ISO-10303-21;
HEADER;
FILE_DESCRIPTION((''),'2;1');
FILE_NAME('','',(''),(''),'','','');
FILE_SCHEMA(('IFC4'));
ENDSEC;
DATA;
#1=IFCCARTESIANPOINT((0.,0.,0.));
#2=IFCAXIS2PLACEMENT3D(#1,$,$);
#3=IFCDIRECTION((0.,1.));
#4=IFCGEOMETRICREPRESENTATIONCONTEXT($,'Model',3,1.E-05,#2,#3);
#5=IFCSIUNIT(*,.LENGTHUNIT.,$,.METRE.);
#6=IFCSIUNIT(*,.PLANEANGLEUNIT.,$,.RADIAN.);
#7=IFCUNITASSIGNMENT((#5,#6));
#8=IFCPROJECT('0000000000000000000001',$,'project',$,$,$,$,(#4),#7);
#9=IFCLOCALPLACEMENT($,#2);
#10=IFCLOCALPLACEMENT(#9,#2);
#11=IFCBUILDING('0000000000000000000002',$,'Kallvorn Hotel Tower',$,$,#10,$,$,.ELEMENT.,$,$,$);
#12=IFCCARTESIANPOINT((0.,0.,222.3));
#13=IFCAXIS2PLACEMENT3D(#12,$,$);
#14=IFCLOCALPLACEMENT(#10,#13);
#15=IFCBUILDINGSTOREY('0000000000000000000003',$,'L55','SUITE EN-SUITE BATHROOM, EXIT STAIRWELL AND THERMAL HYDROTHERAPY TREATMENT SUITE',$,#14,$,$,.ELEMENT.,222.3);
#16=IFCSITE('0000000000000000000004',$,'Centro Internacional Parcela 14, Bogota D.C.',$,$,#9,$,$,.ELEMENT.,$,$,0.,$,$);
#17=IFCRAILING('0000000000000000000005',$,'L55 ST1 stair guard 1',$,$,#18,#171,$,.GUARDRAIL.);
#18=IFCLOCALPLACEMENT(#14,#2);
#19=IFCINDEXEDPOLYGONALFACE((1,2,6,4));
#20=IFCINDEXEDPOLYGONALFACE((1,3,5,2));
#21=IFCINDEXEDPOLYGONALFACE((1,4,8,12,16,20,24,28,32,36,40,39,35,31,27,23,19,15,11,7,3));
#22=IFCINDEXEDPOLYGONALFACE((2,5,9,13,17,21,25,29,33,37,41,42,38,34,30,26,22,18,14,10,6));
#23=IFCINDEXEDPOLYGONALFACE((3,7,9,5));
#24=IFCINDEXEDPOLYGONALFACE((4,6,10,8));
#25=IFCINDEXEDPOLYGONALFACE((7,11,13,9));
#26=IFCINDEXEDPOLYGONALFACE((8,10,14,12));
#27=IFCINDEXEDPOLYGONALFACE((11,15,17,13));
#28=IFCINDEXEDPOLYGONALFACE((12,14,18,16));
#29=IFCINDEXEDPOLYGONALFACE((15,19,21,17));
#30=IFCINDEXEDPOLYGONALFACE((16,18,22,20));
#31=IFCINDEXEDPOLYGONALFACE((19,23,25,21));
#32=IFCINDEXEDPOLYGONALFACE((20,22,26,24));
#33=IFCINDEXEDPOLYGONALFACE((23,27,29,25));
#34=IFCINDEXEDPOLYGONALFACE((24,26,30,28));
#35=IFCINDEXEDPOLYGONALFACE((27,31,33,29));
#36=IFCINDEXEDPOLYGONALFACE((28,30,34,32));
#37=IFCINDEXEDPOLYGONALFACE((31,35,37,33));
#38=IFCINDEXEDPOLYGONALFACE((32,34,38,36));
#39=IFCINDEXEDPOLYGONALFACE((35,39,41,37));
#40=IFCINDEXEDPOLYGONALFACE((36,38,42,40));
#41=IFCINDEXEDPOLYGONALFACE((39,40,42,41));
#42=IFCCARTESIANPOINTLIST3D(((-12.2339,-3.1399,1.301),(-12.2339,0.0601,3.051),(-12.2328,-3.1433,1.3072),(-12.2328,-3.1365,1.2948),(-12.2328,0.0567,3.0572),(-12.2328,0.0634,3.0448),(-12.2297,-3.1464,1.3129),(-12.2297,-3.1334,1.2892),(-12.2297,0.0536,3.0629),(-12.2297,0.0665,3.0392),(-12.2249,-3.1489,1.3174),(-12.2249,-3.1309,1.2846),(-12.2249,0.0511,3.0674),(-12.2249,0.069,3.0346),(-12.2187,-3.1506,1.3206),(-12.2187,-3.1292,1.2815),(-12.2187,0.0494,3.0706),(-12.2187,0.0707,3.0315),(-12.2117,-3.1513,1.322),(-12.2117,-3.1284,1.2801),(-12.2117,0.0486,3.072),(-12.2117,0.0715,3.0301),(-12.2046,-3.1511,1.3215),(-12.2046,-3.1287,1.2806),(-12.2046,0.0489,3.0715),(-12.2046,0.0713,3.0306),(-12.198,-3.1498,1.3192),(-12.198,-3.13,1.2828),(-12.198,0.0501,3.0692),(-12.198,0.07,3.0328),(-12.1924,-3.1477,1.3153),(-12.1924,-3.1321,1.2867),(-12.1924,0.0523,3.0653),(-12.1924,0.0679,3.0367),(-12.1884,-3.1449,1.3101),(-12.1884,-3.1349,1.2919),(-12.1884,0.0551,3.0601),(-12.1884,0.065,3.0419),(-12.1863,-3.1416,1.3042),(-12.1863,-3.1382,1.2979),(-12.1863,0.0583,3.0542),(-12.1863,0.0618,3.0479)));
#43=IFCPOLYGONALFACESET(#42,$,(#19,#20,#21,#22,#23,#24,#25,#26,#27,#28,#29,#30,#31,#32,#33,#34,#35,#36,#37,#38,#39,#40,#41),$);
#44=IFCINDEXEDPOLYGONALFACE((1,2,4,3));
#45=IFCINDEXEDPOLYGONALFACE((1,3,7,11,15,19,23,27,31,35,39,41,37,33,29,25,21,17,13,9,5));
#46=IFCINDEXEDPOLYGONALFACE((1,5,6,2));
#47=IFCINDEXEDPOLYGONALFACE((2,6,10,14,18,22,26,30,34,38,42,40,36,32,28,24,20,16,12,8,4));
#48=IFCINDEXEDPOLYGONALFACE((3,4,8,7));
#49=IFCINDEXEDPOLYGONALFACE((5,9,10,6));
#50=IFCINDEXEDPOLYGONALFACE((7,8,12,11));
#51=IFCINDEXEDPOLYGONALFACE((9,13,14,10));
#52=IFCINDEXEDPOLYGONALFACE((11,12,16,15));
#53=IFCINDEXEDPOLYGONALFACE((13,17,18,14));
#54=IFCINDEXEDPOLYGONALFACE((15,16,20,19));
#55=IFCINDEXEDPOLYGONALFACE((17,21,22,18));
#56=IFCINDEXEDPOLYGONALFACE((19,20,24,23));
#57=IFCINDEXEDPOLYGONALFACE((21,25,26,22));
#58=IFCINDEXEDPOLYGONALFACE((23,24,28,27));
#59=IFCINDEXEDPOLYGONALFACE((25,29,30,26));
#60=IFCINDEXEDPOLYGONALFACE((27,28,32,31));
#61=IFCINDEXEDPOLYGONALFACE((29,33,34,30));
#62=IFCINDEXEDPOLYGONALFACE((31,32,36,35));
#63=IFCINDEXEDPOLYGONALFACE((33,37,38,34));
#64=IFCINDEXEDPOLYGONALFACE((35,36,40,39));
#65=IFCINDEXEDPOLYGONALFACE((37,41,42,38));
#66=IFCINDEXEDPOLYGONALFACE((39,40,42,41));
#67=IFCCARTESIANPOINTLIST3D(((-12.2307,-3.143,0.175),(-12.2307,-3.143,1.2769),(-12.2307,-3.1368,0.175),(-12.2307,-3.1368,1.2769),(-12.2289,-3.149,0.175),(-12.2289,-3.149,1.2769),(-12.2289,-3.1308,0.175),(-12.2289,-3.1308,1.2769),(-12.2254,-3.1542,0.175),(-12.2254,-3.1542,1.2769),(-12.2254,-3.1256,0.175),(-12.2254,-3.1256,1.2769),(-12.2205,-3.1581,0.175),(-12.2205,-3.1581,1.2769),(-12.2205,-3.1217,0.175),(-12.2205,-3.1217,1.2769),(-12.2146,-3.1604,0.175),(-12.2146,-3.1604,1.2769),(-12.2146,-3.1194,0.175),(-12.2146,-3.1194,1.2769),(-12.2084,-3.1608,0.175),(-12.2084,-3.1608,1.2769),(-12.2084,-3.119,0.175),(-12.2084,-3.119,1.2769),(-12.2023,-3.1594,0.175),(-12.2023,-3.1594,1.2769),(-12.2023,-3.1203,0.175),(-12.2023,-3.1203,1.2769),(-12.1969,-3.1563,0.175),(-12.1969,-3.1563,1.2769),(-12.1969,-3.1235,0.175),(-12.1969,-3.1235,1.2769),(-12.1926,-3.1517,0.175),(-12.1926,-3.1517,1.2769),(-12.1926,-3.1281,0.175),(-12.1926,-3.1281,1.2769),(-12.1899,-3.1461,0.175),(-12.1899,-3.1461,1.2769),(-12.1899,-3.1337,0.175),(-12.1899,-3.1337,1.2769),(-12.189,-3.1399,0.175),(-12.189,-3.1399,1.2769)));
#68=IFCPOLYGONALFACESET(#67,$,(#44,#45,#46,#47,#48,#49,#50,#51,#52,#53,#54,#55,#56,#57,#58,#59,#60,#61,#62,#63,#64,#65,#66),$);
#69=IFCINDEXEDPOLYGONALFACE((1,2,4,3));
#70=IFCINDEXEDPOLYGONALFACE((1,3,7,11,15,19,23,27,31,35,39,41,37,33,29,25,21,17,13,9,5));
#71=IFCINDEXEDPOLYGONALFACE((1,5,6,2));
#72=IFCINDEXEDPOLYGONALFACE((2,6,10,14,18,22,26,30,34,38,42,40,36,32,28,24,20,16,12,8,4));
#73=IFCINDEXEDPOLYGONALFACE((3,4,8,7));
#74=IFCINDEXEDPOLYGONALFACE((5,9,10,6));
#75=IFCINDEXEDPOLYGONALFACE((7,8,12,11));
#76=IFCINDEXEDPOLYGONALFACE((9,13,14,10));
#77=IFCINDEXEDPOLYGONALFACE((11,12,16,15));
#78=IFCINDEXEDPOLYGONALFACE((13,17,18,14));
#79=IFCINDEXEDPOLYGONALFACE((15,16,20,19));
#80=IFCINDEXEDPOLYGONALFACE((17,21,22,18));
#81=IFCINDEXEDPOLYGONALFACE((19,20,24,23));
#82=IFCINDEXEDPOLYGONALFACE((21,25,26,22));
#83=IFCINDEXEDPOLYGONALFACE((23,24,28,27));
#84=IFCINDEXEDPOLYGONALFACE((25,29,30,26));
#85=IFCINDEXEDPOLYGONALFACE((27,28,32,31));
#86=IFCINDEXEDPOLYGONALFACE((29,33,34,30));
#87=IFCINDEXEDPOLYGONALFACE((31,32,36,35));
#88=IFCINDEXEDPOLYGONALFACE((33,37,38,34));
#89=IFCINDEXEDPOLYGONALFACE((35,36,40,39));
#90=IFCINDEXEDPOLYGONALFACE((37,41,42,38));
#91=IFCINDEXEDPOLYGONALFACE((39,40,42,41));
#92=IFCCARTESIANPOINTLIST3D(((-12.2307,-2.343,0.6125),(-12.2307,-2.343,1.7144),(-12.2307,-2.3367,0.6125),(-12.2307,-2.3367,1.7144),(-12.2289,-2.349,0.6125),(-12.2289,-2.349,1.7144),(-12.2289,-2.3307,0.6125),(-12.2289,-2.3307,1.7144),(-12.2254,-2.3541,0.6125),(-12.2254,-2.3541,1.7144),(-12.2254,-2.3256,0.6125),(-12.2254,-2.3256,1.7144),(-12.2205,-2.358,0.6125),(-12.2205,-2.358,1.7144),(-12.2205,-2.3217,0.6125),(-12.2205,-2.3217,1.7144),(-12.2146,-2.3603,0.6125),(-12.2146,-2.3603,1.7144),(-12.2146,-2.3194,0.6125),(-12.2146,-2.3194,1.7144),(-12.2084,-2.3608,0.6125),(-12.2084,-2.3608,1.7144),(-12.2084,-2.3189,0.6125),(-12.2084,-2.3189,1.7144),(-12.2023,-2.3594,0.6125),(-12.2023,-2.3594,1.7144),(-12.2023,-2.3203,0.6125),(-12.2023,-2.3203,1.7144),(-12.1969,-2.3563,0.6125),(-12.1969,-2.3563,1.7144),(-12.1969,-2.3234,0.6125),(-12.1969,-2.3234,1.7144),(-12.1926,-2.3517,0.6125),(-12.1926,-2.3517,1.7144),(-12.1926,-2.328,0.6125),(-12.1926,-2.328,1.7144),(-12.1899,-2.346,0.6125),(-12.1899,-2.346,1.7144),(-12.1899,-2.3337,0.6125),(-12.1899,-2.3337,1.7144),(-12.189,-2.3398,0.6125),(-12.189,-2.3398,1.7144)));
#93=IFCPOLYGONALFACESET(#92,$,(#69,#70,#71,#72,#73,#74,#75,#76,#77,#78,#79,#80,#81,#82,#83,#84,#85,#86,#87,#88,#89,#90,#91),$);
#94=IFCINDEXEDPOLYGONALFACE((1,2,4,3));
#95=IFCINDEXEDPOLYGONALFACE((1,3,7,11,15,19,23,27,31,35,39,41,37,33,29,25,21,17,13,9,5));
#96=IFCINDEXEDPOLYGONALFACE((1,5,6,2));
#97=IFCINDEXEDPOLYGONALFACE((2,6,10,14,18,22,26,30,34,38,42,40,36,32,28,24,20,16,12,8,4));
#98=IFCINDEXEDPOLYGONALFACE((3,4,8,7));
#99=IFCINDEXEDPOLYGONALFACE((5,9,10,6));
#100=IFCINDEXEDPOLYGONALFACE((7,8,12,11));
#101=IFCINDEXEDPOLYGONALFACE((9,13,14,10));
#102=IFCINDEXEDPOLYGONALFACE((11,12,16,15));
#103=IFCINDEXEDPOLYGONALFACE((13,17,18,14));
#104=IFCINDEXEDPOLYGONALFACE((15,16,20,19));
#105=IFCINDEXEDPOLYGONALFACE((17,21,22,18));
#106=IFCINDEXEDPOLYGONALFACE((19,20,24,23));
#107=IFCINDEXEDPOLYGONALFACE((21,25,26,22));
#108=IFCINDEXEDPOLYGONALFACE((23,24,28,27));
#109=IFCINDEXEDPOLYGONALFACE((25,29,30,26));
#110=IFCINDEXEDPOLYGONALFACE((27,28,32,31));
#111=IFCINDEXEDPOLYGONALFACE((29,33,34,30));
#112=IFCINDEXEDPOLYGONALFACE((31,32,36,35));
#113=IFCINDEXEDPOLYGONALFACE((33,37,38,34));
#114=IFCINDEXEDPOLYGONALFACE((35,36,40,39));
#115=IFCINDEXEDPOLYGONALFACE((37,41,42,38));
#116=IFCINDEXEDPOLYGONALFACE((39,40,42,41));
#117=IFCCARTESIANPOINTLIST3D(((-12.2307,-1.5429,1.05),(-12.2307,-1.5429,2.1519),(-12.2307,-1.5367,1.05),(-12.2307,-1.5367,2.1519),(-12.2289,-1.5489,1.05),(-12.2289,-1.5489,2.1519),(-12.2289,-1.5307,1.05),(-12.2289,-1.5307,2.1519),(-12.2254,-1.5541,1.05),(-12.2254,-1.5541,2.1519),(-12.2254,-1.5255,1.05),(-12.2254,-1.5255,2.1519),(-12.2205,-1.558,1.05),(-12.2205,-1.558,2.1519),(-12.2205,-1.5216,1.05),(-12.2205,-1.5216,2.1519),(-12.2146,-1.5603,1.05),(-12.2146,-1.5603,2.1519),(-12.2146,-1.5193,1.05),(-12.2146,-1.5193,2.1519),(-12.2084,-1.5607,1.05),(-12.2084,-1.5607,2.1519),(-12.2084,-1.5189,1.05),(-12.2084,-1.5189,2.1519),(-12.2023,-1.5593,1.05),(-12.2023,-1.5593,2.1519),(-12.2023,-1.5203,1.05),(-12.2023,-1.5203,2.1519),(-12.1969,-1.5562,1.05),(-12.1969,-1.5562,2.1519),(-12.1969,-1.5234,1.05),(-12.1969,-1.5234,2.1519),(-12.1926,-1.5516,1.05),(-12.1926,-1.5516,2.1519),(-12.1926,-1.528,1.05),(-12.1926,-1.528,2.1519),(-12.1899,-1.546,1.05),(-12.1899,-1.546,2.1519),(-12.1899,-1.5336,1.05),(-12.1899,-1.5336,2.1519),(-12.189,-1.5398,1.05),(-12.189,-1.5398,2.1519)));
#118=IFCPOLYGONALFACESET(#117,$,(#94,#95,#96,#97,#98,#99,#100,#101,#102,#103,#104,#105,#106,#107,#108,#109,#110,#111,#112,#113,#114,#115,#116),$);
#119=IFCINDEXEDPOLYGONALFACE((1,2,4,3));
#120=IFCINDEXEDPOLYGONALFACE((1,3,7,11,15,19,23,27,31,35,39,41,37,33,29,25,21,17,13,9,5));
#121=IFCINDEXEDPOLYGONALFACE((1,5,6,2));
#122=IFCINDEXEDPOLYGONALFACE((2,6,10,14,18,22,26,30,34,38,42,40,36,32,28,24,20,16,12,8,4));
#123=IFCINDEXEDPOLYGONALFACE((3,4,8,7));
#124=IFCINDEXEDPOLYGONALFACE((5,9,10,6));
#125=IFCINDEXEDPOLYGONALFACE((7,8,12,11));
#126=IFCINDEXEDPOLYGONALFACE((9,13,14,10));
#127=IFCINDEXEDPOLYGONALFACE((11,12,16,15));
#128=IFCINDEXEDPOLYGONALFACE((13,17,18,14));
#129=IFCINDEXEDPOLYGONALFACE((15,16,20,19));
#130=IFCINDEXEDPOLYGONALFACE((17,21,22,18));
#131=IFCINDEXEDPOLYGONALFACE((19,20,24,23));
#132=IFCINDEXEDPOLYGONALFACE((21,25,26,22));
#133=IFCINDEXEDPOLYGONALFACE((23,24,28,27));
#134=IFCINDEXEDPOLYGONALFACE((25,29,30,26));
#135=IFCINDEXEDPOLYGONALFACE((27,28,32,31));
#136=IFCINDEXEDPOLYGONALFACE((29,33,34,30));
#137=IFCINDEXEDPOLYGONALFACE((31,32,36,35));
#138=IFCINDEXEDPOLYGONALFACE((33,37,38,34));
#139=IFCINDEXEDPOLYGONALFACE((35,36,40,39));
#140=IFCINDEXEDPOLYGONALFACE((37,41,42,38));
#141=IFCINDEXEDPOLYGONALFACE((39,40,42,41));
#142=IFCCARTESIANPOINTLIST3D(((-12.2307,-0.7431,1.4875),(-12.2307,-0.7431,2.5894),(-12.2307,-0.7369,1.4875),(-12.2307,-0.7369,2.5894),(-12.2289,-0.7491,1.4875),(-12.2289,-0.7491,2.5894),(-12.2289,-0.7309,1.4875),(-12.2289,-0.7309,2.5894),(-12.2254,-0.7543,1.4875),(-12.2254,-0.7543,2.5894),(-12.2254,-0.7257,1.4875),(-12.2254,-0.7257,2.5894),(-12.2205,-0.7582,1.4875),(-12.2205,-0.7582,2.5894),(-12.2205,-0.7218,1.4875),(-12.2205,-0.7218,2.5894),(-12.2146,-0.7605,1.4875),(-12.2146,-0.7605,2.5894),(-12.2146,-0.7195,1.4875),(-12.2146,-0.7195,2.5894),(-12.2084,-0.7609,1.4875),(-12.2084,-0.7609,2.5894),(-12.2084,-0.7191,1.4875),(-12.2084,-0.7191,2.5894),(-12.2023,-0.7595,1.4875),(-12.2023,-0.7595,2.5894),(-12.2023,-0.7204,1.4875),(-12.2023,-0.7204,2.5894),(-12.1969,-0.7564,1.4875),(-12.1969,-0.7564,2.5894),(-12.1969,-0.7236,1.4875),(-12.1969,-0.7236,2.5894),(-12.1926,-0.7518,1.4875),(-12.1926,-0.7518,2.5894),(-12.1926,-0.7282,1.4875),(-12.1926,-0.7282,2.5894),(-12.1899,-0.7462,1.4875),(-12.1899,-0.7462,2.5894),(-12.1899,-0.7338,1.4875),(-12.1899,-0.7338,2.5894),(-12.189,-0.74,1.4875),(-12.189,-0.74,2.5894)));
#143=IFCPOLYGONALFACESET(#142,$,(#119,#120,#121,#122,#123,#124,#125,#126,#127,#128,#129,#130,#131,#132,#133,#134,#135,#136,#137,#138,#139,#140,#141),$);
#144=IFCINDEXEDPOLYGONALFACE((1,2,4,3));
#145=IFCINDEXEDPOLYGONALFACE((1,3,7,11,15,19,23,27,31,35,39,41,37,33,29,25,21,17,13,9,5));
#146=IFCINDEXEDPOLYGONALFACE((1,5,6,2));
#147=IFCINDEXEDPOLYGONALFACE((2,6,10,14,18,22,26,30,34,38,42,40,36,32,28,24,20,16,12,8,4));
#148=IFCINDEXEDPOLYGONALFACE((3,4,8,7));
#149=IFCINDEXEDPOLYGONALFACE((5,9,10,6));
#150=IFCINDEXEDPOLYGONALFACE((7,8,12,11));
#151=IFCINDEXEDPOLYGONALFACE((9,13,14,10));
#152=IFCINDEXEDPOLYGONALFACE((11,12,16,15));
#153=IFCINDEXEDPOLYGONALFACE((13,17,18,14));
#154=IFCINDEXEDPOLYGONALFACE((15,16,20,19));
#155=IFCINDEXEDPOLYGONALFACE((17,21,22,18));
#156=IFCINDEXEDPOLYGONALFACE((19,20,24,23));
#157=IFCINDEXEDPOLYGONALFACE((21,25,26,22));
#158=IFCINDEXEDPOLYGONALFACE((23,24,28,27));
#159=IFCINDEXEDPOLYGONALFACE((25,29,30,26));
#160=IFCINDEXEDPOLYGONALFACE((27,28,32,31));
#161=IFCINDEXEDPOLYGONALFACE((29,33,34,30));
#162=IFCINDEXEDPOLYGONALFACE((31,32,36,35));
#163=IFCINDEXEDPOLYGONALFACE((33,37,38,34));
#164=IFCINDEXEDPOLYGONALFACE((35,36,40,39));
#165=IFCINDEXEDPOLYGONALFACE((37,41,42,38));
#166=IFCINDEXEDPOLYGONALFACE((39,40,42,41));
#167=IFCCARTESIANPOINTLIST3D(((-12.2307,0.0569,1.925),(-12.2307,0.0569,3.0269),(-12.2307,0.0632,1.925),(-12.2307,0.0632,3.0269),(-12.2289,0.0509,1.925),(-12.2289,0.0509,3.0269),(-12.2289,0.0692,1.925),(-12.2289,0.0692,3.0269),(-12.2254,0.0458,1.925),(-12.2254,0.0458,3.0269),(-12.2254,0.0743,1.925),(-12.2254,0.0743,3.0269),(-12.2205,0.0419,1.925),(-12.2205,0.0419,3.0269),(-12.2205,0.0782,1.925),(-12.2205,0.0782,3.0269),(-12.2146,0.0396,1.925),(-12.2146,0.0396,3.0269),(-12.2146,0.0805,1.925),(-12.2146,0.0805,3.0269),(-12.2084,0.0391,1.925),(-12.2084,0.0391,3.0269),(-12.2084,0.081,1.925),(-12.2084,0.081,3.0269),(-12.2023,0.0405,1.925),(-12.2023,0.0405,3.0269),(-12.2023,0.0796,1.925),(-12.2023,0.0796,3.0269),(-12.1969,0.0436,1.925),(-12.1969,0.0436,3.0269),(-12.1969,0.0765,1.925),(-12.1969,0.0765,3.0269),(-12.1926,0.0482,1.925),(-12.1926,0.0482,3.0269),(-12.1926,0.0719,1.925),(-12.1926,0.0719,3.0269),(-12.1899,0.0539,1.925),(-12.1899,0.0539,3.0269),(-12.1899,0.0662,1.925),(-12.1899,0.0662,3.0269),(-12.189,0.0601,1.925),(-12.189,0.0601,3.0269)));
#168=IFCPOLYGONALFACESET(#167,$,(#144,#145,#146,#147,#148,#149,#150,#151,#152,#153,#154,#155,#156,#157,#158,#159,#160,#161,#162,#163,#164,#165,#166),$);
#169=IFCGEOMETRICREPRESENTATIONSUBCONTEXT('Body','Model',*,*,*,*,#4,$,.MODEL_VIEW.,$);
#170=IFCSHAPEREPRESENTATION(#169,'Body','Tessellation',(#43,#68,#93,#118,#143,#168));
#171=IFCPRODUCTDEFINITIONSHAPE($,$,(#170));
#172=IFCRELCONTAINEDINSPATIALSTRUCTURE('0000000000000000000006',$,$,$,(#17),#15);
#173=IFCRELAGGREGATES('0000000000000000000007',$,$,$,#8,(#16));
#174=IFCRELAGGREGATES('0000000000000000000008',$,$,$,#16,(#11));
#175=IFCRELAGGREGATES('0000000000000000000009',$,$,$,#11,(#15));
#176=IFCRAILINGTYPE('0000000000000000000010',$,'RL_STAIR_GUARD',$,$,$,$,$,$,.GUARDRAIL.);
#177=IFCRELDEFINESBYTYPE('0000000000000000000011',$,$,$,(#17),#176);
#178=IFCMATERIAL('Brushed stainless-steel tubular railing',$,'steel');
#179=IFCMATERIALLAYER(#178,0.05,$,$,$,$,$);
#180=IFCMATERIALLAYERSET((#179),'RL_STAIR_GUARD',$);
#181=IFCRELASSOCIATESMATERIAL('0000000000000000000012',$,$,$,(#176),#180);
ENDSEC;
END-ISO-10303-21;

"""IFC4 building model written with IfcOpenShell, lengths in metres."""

from ifc_helpers import new_model, si_unit, direction, frame, origin, origin_2d, place, context, subcontext, project, spatial, circle, extrude, material, layer, layer_set, type_object, element, save


model = new_model("IFC4")

# Units and contexts
model_context = context("Model", 3, precision=1e-05, world=origin(), true_north=direction((0.0, 1.0)))
body_context = subcontext(model_context, "Body", "Model", "MODEL_VIEW")
ifc_project = project(units=[si_unit("LENGTHUNIT", "METRE"), si_unit("PLANEANGLEUNIT", "RADIAN")], contexts=[model_context])

# Site, building, storey
site_placement = place(None, origin())
site = spatial("IfcSite", under=ifc_project, at=site_placement, Name="Centro Internacional Parcela 14, Bogota D.C.", CompositionType="ELEMENT", RefElevation=0.0)
building_placement = place(site_placement, origin())
building = spatial("IfcBuilding", under=site, at=building_placement, Name="Kallvorn Hotel Tower", CompositionType="ELEMENT")
storey_placement = place(building_placement, frame((0.0, 0.0, 222.3)))
storey = spatial("IfcBuildingStorey", under=building, at=storey_placement, Name="L55", Description="SUITE EN-SUITE BATHROOM, EXIT STAIRWELL AND THERMAL HYDROTHERAPY TREATMENT SUITE", CompositionType="ELEMENT", Elevation=222.3)

# Railing
ifc_material_1 = material(Name="Brushed stainless-steel tubular railing", Category="steel")
ifc_layer_1 = layer(ifc_material_1, 0.05)
ifc_layer_set_1 = layer_set([ifc_layer_1], Name="RL_STAIR_GUARD")
railing_type_1 = type_object("IfcRailingType", Name="RL_STAIR_GUARD", PredefinedType="GUARDRAIL", material=ifc_layer_set_1)
railing_1_placement = place(storey_placement, frame((-12.21, -3.1399, 0.175)))
element("IfcRailing", 1, at=railing_1_placement, inside=storey, type_object=railing_type_1, Name="L55 ST1 stair guard 1", PredefinedType="GUARDRAIL", context=body_context, shape_type="SweptSolid", body=[
    extrude(circle(Radius=0.0239, at=origin_2d()), frame((0.0, 0.0, 1.126), z_axis=(0.0, 0.877368, 0.479818), x_axis=(-1.0, 0.0, 0.0)), (0.0, 0.0, 1.0), 3.6472),
    extrude(circle(Radius=0.021, at=origin_2d()), origin(), (0.0, 0.0, 1.0), 1.1018),
    extrude(circle(Radius=0.021, at=origin_2d()), frame((0.0, 0.8, 0.4375)), (0.0, 0.0, 1.0), 1.1018),
    extrude(circle(Radius=0.021, at=origin_2d()), frame((0.0, 1.6001, 0.875)), (0.0, 0.0, 1.0), 1.1018),
    extrude(circle(Radius=0.021, at=origin_2d()), frame((0.0, 2.3999, 1.3125)), (0.0, 0.0, 1.0), 1.1018),
    extrude(circle(Radius=0.021, at=origin_2d()), frame((0.0, 3.2, 1.75)), (0.0, 0.0, 1.0), 1.1018),
])

save(model, "model.ifc")
